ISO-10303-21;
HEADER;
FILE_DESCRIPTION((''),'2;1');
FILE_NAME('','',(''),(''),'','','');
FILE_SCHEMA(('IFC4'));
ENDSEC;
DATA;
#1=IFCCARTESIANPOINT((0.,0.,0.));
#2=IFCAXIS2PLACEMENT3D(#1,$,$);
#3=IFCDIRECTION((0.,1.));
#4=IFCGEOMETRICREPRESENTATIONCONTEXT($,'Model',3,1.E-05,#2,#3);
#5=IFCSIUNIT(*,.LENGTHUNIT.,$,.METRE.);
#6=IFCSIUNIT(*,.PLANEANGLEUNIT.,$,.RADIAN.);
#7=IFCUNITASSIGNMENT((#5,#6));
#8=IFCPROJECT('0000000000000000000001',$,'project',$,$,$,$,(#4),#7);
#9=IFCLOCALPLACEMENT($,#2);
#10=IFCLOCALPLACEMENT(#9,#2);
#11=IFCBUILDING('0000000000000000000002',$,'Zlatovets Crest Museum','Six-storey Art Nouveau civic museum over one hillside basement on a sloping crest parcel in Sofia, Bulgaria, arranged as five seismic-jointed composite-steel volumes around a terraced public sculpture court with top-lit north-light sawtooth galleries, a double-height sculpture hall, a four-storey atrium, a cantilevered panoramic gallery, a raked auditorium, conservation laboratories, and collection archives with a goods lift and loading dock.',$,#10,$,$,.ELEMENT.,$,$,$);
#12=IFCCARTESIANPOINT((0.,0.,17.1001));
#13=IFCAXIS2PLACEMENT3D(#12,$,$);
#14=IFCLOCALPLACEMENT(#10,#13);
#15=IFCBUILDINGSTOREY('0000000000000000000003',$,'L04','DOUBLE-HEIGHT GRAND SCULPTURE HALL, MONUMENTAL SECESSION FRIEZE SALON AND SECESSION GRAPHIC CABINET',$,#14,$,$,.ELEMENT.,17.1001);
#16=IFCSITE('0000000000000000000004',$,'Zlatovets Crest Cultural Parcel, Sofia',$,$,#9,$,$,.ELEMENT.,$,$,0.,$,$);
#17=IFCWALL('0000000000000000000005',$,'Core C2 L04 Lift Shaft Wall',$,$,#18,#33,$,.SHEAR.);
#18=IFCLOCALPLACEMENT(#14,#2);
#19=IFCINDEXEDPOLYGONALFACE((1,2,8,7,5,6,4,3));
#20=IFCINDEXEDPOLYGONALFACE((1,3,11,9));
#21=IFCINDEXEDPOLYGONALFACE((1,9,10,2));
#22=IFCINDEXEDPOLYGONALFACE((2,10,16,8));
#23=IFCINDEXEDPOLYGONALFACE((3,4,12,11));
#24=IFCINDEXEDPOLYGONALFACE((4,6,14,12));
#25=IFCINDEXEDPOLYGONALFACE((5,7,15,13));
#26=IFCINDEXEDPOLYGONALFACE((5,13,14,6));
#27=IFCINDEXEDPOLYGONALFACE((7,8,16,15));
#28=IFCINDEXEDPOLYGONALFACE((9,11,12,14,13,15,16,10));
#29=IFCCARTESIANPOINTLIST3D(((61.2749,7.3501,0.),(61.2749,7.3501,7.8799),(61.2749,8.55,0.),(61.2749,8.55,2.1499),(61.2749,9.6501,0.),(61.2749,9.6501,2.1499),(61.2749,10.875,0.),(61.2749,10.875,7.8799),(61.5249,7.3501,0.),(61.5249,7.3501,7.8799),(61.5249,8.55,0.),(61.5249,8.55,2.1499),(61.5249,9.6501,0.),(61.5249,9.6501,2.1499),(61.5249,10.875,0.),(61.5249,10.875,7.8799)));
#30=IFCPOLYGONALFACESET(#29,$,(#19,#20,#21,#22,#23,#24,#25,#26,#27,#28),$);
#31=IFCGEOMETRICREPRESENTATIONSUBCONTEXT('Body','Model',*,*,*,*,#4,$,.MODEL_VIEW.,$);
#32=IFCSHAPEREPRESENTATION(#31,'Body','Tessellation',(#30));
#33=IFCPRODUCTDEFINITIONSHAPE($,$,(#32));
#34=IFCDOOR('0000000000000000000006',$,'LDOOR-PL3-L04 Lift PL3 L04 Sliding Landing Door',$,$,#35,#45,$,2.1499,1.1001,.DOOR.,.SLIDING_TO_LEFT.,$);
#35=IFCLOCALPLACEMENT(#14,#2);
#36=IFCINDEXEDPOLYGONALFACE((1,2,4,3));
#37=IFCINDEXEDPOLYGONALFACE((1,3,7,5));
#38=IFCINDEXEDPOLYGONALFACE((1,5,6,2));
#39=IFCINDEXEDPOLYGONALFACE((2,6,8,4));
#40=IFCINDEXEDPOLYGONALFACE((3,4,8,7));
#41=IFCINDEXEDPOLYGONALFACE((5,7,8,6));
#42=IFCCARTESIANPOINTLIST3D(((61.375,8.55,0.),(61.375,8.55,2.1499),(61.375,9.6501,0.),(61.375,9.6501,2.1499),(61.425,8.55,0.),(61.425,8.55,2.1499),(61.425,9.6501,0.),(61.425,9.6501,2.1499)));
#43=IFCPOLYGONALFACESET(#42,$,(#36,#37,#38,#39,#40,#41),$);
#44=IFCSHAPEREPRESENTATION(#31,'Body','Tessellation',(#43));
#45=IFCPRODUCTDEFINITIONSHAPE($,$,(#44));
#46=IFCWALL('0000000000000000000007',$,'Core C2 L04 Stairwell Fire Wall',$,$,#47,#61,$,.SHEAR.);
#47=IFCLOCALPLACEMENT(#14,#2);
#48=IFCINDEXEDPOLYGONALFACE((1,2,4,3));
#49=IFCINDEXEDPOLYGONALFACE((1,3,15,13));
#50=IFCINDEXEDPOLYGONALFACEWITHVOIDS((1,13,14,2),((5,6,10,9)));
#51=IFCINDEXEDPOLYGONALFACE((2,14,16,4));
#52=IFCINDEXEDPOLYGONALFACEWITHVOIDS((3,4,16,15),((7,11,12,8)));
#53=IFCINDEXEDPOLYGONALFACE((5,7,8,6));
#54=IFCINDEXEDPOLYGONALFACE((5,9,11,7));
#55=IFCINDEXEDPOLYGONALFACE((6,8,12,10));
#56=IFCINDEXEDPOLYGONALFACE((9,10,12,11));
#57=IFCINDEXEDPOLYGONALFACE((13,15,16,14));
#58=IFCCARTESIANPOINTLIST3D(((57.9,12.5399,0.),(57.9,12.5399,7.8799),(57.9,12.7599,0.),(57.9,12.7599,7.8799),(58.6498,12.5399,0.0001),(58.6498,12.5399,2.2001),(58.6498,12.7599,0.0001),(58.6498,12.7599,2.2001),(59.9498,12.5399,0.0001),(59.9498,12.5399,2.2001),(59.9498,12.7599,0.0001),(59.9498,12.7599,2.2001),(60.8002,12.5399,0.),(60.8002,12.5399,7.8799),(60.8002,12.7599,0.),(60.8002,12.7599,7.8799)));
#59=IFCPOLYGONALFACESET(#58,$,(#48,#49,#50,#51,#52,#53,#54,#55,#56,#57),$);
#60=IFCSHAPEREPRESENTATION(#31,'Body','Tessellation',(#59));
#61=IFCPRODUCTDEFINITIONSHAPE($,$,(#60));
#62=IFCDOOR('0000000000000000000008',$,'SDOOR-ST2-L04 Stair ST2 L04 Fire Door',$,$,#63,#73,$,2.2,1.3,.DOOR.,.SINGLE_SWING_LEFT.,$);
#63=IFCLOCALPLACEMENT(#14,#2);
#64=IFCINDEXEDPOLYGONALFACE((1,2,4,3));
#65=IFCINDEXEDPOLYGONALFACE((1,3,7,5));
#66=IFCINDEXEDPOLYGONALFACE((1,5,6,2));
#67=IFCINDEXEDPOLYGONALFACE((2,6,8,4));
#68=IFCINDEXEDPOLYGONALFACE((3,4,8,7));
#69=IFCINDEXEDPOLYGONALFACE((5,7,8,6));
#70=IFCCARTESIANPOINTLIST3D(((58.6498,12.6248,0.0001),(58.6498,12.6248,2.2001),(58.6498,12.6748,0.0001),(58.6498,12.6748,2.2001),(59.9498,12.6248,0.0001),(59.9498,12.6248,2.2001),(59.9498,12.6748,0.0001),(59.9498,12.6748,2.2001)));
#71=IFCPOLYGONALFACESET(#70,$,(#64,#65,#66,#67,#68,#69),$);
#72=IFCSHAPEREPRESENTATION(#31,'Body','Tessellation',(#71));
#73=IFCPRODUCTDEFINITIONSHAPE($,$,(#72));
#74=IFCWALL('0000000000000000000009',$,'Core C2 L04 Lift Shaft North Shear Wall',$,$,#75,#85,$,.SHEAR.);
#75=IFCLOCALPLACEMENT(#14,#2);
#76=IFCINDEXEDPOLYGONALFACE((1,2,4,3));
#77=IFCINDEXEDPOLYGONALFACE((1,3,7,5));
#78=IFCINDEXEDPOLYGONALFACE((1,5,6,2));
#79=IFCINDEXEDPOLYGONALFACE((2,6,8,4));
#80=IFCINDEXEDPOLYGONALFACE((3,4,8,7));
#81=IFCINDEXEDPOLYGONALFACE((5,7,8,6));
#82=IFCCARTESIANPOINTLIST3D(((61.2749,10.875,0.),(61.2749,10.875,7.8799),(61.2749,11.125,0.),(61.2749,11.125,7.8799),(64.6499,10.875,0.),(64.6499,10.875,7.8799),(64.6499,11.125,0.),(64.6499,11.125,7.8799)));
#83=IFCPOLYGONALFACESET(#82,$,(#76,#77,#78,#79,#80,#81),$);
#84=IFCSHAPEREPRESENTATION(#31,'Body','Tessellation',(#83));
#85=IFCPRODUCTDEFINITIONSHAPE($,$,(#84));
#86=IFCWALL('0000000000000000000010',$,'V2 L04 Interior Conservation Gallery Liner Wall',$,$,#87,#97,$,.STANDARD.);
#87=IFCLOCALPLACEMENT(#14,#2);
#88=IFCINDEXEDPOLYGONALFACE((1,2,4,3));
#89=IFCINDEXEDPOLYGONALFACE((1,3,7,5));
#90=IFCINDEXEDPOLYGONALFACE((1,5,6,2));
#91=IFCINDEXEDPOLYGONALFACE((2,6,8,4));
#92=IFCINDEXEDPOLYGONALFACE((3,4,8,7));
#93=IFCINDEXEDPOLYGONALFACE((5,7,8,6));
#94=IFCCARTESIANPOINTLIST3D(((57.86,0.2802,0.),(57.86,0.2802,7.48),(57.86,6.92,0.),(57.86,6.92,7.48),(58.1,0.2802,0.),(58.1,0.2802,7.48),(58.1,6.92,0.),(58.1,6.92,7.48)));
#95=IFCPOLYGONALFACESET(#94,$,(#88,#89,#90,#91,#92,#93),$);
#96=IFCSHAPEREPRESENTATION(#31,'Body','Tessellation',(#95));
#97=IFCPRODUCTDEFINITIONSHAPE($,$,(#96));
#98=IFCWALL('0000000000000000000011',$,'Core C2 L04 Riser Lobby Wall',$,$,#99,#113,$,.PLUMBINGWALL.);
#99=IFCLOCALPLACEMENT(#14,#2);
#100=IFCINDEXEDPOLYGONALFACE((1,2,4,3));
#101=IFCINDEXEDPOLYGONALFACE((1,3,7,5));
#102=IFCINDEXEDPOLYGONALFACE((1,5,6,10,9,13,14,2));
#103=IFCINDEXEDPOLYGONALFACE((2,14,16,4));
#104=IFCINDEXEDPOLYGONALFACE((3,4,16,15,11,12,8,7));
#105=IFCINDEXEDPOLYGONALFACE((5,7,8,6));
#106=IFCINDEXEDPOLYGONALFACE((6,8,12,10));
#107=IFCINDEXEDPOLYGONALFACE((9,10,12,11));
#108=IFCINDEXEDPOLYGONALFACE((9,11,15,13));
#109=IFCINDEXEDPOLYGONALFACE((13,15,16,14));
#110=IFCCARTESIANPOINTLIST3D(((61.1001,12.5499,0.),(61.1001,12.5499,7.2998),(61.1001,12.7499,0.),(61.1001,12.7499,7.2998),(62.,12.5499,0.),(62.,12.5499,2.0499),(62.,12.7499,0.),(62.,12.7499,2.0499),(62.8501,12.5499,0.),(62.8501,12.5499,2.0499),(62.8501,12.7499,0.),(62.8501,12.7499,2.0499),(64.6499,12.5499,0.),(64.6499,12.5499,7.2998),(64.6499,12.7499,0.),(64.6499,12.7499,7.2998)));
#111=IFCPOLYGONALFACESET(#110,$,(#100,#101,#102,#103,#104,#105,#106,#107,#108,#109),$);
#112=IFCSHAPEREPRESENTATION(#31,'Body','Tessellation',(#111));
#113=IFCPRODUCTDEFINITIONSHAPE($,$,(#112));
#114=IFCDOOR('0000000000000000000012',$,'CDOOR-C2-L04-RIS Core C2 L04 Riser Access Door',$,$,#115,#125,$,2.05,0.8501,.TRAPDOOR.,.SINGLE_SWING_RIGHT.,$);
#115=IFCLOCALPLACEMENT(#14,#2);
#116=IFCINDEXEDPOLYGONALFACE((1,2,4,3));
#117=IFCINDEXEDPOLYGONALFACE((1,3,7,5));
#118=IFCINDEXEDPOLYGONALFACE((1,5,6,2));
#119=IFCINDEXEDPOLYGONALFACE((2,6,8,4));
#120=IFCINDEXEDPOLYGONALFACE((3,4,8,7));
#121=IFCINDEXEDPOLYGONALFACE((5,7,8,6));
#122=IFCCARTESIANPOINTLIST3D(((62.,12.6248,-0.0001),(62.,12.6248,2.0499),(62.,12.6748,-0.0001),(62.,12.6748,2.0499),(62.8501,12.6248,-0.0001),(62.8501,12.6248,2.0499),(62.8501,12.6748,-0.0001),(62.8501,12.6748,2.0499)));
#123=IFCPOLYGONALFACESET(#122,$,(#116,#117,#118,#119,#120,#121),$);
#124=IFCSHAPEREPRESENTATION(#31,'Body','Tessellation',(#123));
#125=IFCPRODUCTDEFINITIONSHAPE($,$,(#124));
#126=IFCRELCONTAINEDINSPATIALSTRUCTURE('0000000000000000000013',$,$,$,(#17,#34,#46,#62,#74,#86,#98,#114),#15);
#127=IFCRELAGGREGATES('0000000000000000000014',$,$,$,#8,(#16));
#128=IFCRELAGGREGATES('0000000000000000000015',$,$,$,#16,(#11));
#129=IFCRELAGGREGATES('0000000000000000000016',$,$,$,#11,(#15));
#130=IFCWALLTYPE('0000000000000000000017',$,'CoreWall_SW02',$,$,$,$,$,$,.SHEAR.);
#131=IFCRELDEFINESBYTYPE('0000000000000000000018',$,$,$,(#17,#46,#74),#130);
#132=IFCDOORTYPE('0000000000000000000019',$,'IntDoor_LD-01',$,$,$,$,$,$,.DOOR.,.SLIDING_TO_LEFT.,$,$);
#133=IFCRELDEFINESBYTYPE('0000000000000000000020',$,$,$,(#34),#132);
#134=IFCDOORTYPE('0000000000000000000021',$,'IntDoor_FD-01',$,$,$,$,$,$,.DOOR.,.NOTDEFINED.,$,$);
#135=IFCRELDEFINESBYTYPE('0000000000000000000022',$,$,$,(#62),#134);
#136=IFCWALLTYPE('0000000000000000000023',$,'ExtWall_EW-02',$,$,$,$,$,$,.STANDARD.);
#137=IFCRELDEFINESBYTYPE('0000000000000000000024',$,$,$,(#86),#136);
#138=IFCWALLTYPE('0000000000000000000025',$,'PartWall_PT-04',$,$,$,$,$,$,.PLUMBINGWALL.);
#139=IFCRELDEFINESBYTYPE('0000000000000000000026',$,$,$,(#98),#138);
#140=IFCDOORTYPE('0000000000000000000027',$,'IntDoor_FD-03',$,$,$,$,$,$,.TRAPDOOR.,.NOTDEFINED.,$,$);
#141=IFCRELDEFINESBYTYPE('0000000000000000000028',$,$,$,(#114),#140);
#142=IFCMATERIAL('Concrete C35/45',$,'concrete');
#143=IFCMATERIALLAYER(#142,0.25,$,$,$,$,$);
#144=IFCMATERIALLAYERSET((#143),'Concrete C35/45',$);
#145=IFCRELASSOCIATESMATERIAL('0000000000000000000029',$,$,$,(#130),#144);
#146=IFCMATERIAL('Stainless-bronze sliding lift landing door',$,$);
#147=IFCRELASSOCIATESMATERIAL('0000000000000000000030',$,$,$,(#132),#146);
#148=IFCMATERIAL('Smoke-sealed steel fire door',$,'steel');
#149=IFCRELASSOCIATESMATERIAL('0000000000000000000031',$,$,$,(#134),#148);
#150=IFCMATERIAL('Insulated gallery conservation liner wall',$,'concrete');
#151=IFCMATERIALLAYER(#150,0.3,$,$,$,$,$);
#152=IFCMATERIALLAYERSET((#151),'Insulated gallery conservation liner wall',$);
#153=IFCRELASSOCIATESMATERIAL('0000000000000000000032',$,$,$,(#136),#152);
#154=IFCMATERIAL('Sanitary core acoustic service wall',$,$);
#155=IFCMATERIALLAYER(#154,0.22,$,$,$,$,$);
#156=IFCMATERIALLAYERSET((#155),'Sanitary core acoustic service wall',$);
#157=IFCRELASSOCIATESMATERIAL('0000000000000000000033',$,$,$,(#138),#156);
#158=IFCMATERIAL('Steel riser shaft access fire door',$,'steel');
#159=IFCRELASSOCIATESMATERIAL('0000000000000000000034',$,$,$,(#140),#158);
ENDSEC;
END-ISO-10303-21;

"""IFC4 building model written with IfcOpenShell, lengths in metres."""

from ifc_helpers import new_model, si_unit, direction, frame, frame_2d, origin, place, context, subcontext, project, spatial, rectangle, extrude, material, layer, layer_set, type_object, element, fill, save


model = new_model("IFC4")

# Units and contexts
model_context = context("Model", 3, precision=1e-05, world=origin(), true_north=direction((0.0, 1.0)))
body_context = subcontext(model_context, "Body", "Model", "MODEL_VIEW")
ifc_project = project(units=[si_unit("LENGTHUNIT", "METRE"), si_unit("PLANEANGLEUNIT", "RADIAN")], contexts=[model_context])

# Site, building, storey
site_placement = place(None, origin())
site = spatial("IfcSite", under=ifc_project, at=site_placement, Name="Zlatovets Crest Cultural Parcel, Sofia", CompositionType="ELEMENT", RefElevation=0.0)
building_placement = place(site_placement, origin())
building = spatial("IfcBuilding", under=site, at=building_placement, Name="Zlatovets Crest Museum", Description="Six-storey Art Nouveau civic museum over one hillside basement on a sloping crest parcel in Sofia, Bulgaria, arranged as five seismic-jointed composite-steel volumes around a terraced public sculpture court with top-lit north-light sawtooth galleries, a double-height sculpture hall, a four-storey atrium, a cantilevered panoramic gallery, a raked auditorium, conservation laboratories, and collection archives with a goods lift and loading dock.", CompositionType="ELEMENT")
storey_placement = place(building_placement, frame((0.0, 0.0, 17.1001)))
storey = spatial("IfcBuildingStorey", under=building, at=storey_placement, Name="L04", Description="DOUBLE-HEIGHT GRAND SCULPTURE HALL, MONUMENTAL SECESSION FRIEZE SALON AND SECESSION GRAPHIC CABINET", CompositionType="ELEMENT", Elevation=17.1001)

# Shared definitions
ifc_material_1 = material(Name="Concrete C35/45", Category="concrete")

# Walls, openings, doors
ifc_layer_1 = layer(ifc_material_1, 0.25)
ifc_layer_set_1 = layer_set([ifc_layer_1], Name="Concrete C35/45")
wall_type_1 = type_object("IfcWallType", Name="CoreWall_SW02", PredefinedType="SHEAR", material=ifc_layer_set_1)
wall_1_placement = place(storey_placement, frame((61.3999, 7.3501, 0.0), z_axis=(0.0, 0.0, 1.0), x_axis=(0.0, 1.0, 0.0)))
wall_1 = element("IfcWall", 1, at=wall_1_placement, inside=storey, type_object=wall_type_1, Name="Core C2 L04 Lift Shaft Wall", PredefinedType="SHEAR", context=body_context, shape_type="SweptSolid", body=[
    extrude(rectangle(XDim=3.5249, YDim=0.25, at=frame_2d((1.7625, 0.0))), origin(), (0.0, 0.0, 1.0), 7.8799),
])
opening_1_placement = place(wall_1_placement, frame((1.2, 0.0, 0.0)))
opening_1 = element("IfcOpeningElement", 2, at=opening_1_placement, cuts=wall_1, PredefinedType="OPENING", context=body_context, shape_type="SweptSolid", body=[
    extrude(rectangle(XDim=1.1001, YDim=2.1499, at=frame_2d((0.55, 1.075))), frame((0.0, 0.135, 0.0), z_axis=(0.0, -1.0, 0.0), x_axis=(1.0, 0.0, 0.0)), (0.0, 0.0, 1.0), 0.27),
])
ifc_material_2 = material(Name="Stainless-bronze sliding lift landing door")
door_type_1 = type_object("IfcDoorType", Name="IntDoor_LD-01", OperationType="SLIDING_TO_LEFT", PredefinedType="DOOR", material=ifc_material_2)
door_1_placement = place(opening_1_placement, origin())
door_1 = element("IfcDoor", 3, at=door_1_placement, inside=storey, type_object=door_type_1, Name="LDOOR-PL3-L04 Lift PL3 L04 Sliding Landing Door", OperationType="SLIDING_TO_LEFT", OverallHeight=2.1499, OverallWidth=1.1001, PredefinedType="DOOR", context=body_context, shape_type="SweptSolid", body=[
    extrude(rectangle(XDim=1.1001, YDim=2.1499, at=frame_2d((0.55, 1.075))), frame((0.0, 0.0249, 0.0), z_axis=(0.0, -1.0, 0.0), x_axis=(1.0, 0.0, 0.0)), (0.0, 0.0, 1.0), 0.05),
])
fill(opening_1, door_1)
wall_2_placement = place(storey_placement, frame((57.8999, 12.6499, 0.0), z_axis=(0.0, 0.0, 1.0), x_axis=(1.0, 0.0, 0.0)))
wall_2 = element("IfcWall", 4, at=wall_2_placement, inside=storey, type_object=wall_type_1, Name="Core C2 L04 Stairwell Fire Wall", PredefinedType="SHEAR", context=body_context, shape_type="SweptSolid", body=[
    extrude(rectangle(XDim=2.9001, YDim=0.22, at=frame_2d((1.4502, 0.0))), origin(), (0.0, 0.0, 1.0), 7.8799),
])
opening_2_placement = place(wall_2_placement, frame((0.75, 0.0, 0.0)))
opening_2 = element("IfcOpeningElement", 5, at=opening_2_placement, cuts=wall_2, PredefinedType="OPENING", context=body_context, shape_type="SweptSolid", body=[
    extrude(rectangle(XDim=1.3, YDim=2.2, at=frame_2d((0.6499, 1.1001))), frame((0.0, 0.1201, 0.0), z_axis=(0.0, -1.0, 0.0), x_axis=(1.0, 0.0, 0.0)), (0.0, 0.0, 1.0), 0.24),
])
ifc_material_3 = material(Name="Smoke-sealed steel fire door", Category="steel")
door_type_2 = type_object("IfcDoorType", Name="IntDoor_FD-01", OperationType="NOTDEFINED", PredefinedType="DOOR", material=ifc_material_3)
door_2_placement = place(opening_2_placement, origin())
door_2 = element("IfcDoor", 6, at=door_2_placement, inside=storey, type_object=door_type_2, Name="SDOOR-ST2-L04 Stair ST2 L04 Fire Door", OperationType="SINGLE_SWING_LEFT", OverallHeight=2.2, OverallWidth=1.3, PredefinedType="DOOR", context=body_context, shape_type="SweptSolid", body=[
    extrude(rectangle(XDim=1.3, YDim=2.2, at=frame_2d((0.6499, 1.1001))), frame((0.0, 0.0249, 0.0), z_axis=(0.0, -1.0, 0.0), x_axis=(1.0, 0.0, 0.0)), (0.0, 0.0, 1.0), 0.05),
])
fill(opening_2, door_2)

# Walls
wall_3_placement = place(storey_placement, frame((61.2749, 11.0, 0.0), z_axis=(0.0, 0.0, 1.0), x_axis=(1.0, 0.0, 0.0)))
element("IfcWall", 7, at=wall_3_placement, inside=storey, type_object=wall_type_1, Name="Core C2 L04 Lift Shaft North Shear Wall", PredefinedType="SHEAR", context=body_context, shape_type="SweptSolid", body=[
    extrude(rectangle(XDim=3.375, YDim=0.25, at=frame_2d((1.6875, 0.0))), origin(), (0.0, 0.0, 1.0), 7.8799),
])
ifc_material_4 = material(Name="Insulated gallery conservation liner wall", Category="concrete")
ifc_layer_2 = layer(ifc_material_4, 0.3)
ifc_layer_set_2 = layer_set([ifc_layer_2], Name="Insulated gallery conservation liner wall")
wall_type_2 = type_object("IfcWallType", Name="ExtWall_EW-02", PredefinedType="STANDARD", material=ifc_layer_set_2)
wall_4_placement = place(storey_placement, frame((57.98, 6.9199, 0.0), z_axis=(0.0, 0.0, 1.0), x_axis=(0.0, -1.0, 0.0)))
element("IfcWall", 8, at=wall_4_placement, inside=storey, type_object=wall_type_2, Name="V2 L04 Interior Conservation Gallery Liner Wall", PredefinedType="STANDARD", context=body_context, shape_type="SweptSolid", body=[
    extrude(rectangle(XDim=6.6399, YDim=0.24, at=frame_2d((3.3198, 0.0))), origin(), (0.0, 0.0, 1.0), 7.48),
])

# Wall, opening, door
ifc_material_5 = material(Name="Sanitary core acoustic service wall")
ifc_layer_3 = layer(ifc_material_5, 0.22)
ifc_layer_set_3 = layer_set([ifc_layer_3], Name="Sanitary core acoustic service wall")
wall_type_3 = type_object("IfcWallType", Name="PartWall_PT-04", PredefinedType="PLUMBINGWALL", material=ifc_layer_set_3)
wall_5_placement = place(storey_placement, frame((61.1001, 12.6499, 0.0), z_axis=(0.0, 0.0, 1.0), x_axis=(1.0, 0.0, 0.0)))
wall_5 = element("IfcWall", 9, at=wall_5_placement, inside=storey, type_object=wall_type_3, Name="Core C2 L04 Riser Lobby Wall", PredefinedType="PLUMBINGWALL", context=body_context, shape_type="SweptSolid", body=[
    extrude(rectangle(XDim=3.5498, YDim=0.2, at=frame_2d((1.7749, 0.0))), origin(), (0.0, 0.0, 1.0), 7.2998),
])
opening_3_placement = place(wall_5_placement, frame((0.8999, 0.0, 0.0)))
opening_3 = element("IfcOpeningElement", 10, at=opening_3_placement, cuts=wall_5, PredefinedType="OPENING", context=body_context, shape_type="SweptSolid", body=[
    extrude(rectangle(XDim=0.8501, YDim=2.05, at=frame_2d((0.425, 1.0249))), frame((0.0, 0.1099, 0.0), z_axis=(0.0, -1.0, 0.0), x_axis=(1.0, 0.0, 0.0)), (0.0, 0.0, 1.0), 0.22),
])
ifc_material_6 = material(Name="Steel riser shaft access fire door", Category="steel")
door_type_3 = type_object("IfcDoorType", Name="IntDoor_FD-03", OperationType="NOTDEFINED", PredefinedType="TRAPDOOR", material=ifc_material_6)
door_3_placement = place(opening_3_placement, origin())
door_3 = element("IfcDoor", 11, at=door_3_placement, inside=storey, type_object=door_type_3, Name="CDOOR-C2-L04-RIS Core C2 L04 Riser Access Door", OperationType="SINGLE_SWING_RIGHT", OverallHeight=2.05, OverallWidth=0.8501, PredefinedType="TRAPDOOR", context=body_context, shape_type="SweptSolid", body=[
    extrude(rectangle(XDim=0.8501, YDim=2.05, at=frame_2d((0.425, 1.0249))), frame((0.0, 0.0249, 0.0), z_axis=(0.0, -1.0, 0.0), x_axis=(1.0, 0.0, 0.0)), (0.0, 0.0, 1.0), 0.05),
])
fill(opening_3, door_3)

save(model, "model.ifc")
